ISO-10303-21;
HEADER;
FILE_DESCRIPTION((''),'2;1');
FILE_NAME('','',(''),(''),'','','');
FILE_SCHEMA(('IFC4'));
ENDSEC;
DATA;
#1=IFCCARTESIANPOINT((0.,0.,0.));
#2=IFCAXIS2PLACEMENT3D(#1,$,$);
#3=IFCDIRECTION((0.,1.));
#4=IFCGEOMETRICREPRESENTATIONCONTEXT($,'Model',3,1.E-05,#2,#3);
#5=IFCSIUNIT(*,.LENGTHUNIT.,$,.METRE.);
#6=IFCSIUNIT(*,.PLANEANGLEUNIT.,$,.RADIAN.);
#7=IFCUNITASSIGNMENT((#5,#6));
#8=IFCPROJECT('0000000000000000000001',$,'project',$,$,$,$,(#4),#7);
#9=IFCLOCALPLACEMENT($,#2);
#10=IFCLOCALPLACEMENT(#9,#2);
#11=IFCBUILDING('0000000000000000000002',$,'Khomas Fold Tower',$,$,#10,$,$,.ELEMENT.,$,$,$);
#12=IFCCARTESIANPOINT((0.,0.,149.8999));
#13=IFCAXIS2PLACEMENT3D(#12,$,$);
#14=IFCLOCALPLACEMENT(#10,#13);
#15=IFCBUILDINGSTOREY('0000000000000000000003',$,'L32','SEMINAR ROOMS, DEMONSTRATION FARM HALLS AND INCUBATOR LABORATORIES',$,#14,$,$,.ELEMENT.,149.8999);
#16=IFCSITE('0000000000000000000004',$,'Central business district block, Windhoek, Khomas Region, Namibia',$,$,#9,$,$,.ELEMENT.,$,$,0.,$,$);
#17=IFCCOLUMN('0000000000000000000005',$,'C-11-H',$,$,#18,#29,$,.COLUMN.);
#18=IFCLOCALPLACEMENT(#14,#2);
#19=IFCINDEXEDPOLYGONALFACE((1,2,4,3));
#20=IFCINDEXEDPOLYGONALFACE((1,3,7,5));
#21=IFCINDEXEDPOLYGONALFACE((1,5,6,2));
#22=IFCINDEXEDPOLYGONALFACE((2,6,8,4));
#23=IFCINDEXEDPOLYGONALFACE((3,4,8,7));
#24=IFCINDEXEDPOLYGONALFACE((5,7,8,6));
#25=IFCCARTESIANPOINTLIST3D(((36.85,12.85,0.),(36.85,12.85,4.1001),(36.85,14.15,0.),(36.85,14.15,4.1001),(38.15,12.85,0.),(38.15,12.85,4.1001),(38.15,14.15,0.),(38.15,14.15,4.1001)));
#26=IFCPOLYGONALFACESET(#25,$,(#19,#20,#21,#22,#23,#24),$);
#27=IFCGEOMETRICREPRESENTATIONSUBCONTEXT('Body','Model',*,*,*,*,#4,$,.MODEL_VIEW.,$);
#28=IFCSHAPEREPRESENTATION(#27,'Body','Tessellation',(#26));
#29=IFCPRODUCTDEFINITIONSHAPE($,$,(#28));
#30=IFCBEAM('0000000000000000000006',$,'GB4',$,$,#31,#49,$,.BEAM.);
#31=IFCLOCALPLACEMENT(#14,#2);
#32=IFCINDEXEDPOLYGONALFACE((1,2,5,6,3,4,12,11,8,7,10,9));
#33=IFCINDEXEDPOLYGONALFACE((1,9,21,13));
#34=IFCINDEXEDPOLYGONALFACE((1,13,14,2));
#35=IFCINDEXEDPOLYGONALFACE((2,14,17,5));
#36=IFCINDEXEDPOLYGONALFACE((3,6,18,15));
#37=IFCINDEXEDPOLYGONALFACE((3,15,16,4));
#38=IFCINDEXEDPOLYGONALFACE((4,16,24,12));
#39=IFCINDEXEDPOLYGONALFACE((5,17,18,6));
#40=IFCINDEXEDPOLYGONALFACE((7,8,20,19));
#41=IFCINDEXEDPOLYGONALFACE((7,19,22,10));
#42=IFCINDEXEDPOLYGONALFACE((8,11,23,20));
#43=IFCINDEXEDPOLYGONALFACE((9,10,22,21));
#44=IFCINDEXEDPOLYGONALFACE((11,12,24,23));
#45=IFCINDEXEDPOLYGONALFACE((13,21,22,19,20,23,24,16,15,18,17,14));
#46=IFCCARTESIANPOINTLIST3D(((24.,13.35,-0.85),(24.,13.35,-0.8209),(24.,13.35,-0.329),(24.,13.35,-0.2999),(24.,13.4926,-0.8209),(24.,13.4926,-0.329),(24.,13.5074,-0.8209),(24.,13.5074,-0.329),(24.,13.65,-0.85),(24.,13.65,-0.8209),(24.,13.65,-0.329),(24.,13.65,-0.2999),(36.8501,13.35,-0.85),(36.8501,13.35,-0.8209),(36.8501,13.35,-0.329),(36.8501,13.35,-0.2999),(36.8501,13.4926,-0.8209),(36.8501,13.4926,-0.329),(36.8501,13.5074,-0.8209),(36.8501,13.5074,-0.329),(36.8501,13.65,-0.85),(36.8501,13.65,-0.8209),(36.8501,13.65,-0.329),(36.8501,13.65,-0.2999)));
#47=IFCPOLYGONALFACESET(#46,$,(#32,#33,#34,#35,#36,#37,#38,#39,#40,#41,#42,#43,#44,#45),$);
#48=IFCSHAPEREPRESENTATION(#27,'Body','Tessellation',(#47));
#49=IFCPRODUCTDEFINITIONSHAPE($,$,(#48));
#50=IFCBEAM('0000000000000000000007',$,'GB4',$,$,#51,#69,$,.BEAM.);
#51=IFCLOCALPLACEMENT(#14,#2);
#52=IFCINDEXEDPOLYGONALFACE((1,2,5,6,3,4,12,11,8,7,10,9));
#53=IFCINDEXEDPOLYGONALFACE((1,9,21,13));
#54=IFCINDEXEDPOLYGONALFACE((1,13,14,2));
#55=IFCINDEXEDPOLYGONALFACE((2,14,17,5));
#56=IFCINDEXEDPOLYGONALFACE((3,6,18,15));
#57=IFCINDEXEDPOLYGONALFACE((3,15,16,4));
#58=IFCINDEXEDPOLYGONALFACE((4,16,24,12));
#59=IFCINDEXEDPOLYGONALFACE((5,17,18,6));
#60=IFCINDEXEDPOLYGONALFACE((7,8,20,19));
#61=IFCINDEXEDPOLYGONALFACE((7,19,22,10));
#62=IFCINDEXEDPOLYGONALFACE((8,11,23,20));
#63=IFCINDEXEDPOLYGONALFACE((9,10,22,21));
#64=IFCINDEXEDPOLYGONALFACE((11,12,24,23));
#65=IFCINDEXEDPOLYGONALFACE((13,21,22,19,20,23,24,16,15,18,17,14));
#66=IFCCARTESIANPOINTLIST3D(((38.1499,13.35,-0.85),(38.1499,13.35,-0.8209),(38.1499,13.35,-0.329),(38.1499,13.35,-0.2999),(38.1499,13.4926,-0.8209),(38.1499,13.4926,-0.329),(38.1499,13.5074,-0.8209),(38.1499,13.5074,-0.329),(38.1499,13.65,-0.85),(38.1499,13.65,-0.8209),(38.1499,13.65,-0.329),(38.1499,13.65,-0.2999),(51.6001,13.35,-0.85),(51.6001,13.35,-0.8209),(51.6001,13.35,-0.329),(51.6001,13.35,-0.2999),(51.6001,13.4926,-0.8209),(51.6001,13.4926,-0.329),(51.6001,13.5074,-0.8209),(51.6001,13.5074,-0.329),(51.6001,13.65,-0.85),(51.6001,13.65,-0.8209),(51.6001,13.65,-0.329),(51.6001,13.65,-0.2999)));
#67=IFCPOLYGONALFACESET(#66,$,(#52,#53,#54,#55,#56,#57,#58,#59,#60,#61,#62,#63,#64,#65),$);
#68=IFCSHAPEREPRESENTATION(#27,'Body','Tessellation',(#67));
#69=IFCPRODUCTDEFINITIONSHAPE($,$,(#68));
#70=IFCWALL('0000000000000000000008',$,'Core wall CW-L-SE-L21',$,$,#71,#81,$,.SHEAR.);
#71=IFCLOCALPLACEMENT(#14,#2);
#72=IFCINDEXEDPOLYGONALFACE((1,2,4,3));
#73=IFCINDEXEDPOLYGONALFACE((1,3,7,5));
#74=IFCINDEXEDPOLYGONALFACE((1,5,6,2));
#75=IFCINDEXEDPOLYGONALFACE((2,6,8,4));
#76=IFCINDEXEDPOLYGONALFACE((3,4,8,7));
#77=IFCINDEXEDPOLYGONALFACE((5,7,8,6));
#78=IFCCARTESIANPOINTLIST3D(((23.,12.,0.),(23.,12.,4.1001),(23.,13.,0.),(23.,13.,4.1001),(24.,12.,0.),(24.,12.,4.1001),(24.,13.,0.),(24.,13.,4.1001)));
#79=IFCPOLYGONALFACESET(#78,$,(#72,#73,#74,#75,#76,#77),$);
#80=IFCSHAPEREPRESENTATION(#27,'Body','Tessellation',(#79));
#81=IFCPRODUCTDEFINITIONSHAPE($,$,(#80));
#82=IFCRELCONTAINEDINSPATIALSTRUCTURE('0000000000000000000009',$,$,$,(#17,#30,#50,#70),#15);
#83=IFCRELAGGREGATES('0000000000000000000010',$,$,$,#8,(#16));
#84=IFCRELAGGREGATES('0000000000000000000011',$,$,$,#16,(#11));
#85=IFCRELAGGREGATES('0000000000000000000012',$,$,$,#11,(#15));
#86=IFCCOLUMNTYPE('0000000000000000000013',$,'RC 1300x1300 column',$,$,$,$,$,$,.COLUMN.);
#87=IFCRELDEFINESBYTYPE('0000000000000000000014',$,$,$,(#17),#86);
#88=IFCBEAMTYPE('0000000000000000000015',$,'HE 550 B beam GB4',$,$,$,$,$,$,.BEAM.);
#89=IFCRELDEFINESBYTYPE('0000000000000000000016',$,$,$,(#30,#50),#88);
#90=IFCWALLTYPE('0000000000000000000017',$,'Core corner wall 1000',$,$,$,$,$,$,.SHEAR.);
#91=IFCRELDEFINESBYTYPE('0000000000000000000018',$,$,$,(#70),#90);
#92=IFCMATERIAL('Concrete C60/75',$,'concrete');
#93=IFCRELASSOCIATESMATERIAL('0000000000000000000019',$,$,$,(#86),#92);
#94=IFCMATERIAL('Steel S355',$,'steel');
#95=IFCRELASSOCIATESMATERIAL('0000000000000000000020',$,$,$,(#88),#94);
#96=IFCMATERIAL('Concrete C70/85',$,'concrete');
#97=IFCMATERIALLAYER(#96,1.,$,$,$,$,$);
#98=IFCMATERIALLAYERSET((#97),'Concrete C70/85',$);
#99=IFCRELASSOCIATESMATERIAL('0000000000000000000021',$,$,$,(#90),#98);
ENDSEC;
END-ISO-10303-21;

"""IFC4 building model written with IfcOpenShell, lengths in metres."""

from ifc_helpers import new_model, si_unit, direction, frame, frame_2d, origin, origin_2d, place, context, subcontext, project, spatial, rectangle, i_section, extrude, source, transform, mapped, material, layer, layer_set, material_profile, profile_set, type_object, element, save


model = new_model("IFC4")

# Units and contexts
model_context = context("Model", 3, precision=1e-05, world=origin(), true_north=direction((0.0, 1.0)))
body_context = subcontext(model_context, "Body", "Model", "MODEL_VIEW")
ifc_project = project(units=[si_unit("LENGTHUNIT", "METRE"), si_unit("PLANEANGLEUNIT", "RADIAN")], contexts=[model_context])

# Site, building, storey
site_placement = place(None, origin())
site = spatial("IfcSite", under=ifc_project, at=site_placement, Name="Central business district block, Windhoek, Khomas Region, Namibia", CompositionType="ELEMENT", RefElevation=0.0)
building_placement = place(site_placement, origin())
building = spatial("IfcBuilding", under=site, at=building_placement, Name="Khomas Fold Tower", CompositionType="ELEMENT")
storey_placement = place(building_placement, frame((0.0, 0.0, 149.8999)))
storey = spatial("IfcBuildingStorey", under=building, at=storey_placement, Name="L32", Description="SEMINAR ROOMS, DEMONSTRATION FARM HALLS AND INCUBATOR LABORATORIES", CompositionType="ELEMENT", Elevation=149.8999)

# Column
ifc_material_1 = material(Name="Concrete C60/75", Category="concrete")
ifc_material_profile_1 = material_profile(ifc_material_1, rectangle(XDim=1.3, YDim=1.3, at=origin_2d()), Name="RC 1300x1300")
ifc_profile_set_1 = profile_set([ifc_material_profile_1], Name="Concrete C60/75")
column_type = type_object("IfcColumnType", Name="RC 1300x1300 column", PredefinedType="COLUMN", material=ifc_profile_set_1)
shared_shape_1 = source(origin(), body_context, "Body", "SweptSolid", [
    extrude(rectangle(XDim=1.3, YDim=1.3, at=origin_2d()), origin(), (0.0, 0.0, 1.0), 4.1001),
])
column_placement = place(storey_placement, frame((37.5, 13.5, 0.0), z_axis=(0.0, 0.0, 1.0), x_axis=(1.0, 0.0, 0.0)))
element("IfcColumn", 1, at=column_placement, inside=storey, type_object=column_type, Name="C-11-H", PredefinedType="COLUMN", context=body_context, shape_type="MappedRepresentation", body=[
    mapped(shared_shape_1, transform((0.0, 0.0, 0.0))),
])

# Beams
ifc_material_2 = material(Name="Steel S355", Category="steel")
ifc_material_profile_2 = material_profile(ifc_material_2, i_section(OverallWidth=0.3, OverallDepth=0.55, WebThickness=0.0149, FlangeThickness=0.0291, at=origin_2d()), Name="HE 550 B")
ifc_profile_set_2 = profile_set([ifc_material_profile_2], Name="Steel S355")
beam_type = type_object("IfcBeamType", Name="HE 550 B beam GB4", PredefinedType="BEAM", material=ifc_profile_set_2)
shared_shape_2 = source(origin(), body_context, "Body", "SweptSolid", [
    extrude(i_section(OverallWidth=0.3, OverallDepth=0.55, WebThickness=0.0149, FlangeThickness=0.0291, at=origin_2d()), origin(), (0.0, 0.0, 1.0), 12.8501),
])
beam_1_placement = place(storey_placement, frame((24.0, 13.5, -0.575), z_axis=(1.0, 0.0, 0.0), x_axis=(0.0, 1.0, 0.0)))
element("IfcBeam", 2, at=beam_1_placement, inside=storey, type_object=beam_type, Name="GB4", PredefinedType="BEAM", context=body_context, shape_type="MappedRepresentation", body=[
    mapped(shared_shape_2, transform((0.0, 0.0, 0.0))),
])
shared_shape_3 = source(origin(), body_context, "Body", "SweptSolid", [
    extrude(i_section(OverallWidth=0.3, OverallDepth=0.55, WebThickness=0.0149, FlangeThickness=0.0291, at=origin_2d()), origin(), (0.0, 0.0, 1.0), 13.4502),
])
beam_2_placement = place(storey_placement, frame((38.1499, 13.5, -0.575), z_axis=(1.0, 0.0, 0.0), x_axis=(0.0, 1.0, 0.0)))
element("IfcBeam", 3, at=beam_2_placement, inside=storey, type_object=beam_type, Name="GB4", PredefinedType="BEAM", context=body_context, shape_type="MappedRepresentation", body=[
    mapped(shared_shape_3, transform((0.0, 0.0, 0.0))),
])

# Wall
ifc_material_3 = material(Name="Concrete C70/85", Category="concrete")
ifc_layer_1 = layer(ifc_material_3, 1.0)
ifc_layer_set_1 = layer_set([ifc_layer_1], Name="Concrete C70/85")
wall_type_1 = type_object("IfcWallType", Name="Core corner wall 1000", PredefinedType="SHEAR", material=ifc_layer_set_1)
shared_shape_4 = source(origin(), body_context, "Body", "SweptSolid", [
    extrude(rectangle(XDim=1.0, YDim=1.0, at=frame_2d((0.5, 0.0))), origin(), (0.0, 0.0, 1.0), 4.1001),
])
wall_1_placement = place(storey_placement, frame((23.0, 12.5, 0.0), z_axis=(0.0, 0.0, 1.0), x_axis=(1.0, 0.0, 0.0)))
element("IfcWall", 4, at=wall_1_placement, inside=storey, type_object=wall_type_1, Name="Core wall CW-L-SE-L21", PredefinedType="SHEAR", context=body_context, shape_type="MappedRepresentation", body=[
    mapped(shared_shape_4, transform((0.0, 0.0, 0.0))),
])

save(model, "model.ifc")
